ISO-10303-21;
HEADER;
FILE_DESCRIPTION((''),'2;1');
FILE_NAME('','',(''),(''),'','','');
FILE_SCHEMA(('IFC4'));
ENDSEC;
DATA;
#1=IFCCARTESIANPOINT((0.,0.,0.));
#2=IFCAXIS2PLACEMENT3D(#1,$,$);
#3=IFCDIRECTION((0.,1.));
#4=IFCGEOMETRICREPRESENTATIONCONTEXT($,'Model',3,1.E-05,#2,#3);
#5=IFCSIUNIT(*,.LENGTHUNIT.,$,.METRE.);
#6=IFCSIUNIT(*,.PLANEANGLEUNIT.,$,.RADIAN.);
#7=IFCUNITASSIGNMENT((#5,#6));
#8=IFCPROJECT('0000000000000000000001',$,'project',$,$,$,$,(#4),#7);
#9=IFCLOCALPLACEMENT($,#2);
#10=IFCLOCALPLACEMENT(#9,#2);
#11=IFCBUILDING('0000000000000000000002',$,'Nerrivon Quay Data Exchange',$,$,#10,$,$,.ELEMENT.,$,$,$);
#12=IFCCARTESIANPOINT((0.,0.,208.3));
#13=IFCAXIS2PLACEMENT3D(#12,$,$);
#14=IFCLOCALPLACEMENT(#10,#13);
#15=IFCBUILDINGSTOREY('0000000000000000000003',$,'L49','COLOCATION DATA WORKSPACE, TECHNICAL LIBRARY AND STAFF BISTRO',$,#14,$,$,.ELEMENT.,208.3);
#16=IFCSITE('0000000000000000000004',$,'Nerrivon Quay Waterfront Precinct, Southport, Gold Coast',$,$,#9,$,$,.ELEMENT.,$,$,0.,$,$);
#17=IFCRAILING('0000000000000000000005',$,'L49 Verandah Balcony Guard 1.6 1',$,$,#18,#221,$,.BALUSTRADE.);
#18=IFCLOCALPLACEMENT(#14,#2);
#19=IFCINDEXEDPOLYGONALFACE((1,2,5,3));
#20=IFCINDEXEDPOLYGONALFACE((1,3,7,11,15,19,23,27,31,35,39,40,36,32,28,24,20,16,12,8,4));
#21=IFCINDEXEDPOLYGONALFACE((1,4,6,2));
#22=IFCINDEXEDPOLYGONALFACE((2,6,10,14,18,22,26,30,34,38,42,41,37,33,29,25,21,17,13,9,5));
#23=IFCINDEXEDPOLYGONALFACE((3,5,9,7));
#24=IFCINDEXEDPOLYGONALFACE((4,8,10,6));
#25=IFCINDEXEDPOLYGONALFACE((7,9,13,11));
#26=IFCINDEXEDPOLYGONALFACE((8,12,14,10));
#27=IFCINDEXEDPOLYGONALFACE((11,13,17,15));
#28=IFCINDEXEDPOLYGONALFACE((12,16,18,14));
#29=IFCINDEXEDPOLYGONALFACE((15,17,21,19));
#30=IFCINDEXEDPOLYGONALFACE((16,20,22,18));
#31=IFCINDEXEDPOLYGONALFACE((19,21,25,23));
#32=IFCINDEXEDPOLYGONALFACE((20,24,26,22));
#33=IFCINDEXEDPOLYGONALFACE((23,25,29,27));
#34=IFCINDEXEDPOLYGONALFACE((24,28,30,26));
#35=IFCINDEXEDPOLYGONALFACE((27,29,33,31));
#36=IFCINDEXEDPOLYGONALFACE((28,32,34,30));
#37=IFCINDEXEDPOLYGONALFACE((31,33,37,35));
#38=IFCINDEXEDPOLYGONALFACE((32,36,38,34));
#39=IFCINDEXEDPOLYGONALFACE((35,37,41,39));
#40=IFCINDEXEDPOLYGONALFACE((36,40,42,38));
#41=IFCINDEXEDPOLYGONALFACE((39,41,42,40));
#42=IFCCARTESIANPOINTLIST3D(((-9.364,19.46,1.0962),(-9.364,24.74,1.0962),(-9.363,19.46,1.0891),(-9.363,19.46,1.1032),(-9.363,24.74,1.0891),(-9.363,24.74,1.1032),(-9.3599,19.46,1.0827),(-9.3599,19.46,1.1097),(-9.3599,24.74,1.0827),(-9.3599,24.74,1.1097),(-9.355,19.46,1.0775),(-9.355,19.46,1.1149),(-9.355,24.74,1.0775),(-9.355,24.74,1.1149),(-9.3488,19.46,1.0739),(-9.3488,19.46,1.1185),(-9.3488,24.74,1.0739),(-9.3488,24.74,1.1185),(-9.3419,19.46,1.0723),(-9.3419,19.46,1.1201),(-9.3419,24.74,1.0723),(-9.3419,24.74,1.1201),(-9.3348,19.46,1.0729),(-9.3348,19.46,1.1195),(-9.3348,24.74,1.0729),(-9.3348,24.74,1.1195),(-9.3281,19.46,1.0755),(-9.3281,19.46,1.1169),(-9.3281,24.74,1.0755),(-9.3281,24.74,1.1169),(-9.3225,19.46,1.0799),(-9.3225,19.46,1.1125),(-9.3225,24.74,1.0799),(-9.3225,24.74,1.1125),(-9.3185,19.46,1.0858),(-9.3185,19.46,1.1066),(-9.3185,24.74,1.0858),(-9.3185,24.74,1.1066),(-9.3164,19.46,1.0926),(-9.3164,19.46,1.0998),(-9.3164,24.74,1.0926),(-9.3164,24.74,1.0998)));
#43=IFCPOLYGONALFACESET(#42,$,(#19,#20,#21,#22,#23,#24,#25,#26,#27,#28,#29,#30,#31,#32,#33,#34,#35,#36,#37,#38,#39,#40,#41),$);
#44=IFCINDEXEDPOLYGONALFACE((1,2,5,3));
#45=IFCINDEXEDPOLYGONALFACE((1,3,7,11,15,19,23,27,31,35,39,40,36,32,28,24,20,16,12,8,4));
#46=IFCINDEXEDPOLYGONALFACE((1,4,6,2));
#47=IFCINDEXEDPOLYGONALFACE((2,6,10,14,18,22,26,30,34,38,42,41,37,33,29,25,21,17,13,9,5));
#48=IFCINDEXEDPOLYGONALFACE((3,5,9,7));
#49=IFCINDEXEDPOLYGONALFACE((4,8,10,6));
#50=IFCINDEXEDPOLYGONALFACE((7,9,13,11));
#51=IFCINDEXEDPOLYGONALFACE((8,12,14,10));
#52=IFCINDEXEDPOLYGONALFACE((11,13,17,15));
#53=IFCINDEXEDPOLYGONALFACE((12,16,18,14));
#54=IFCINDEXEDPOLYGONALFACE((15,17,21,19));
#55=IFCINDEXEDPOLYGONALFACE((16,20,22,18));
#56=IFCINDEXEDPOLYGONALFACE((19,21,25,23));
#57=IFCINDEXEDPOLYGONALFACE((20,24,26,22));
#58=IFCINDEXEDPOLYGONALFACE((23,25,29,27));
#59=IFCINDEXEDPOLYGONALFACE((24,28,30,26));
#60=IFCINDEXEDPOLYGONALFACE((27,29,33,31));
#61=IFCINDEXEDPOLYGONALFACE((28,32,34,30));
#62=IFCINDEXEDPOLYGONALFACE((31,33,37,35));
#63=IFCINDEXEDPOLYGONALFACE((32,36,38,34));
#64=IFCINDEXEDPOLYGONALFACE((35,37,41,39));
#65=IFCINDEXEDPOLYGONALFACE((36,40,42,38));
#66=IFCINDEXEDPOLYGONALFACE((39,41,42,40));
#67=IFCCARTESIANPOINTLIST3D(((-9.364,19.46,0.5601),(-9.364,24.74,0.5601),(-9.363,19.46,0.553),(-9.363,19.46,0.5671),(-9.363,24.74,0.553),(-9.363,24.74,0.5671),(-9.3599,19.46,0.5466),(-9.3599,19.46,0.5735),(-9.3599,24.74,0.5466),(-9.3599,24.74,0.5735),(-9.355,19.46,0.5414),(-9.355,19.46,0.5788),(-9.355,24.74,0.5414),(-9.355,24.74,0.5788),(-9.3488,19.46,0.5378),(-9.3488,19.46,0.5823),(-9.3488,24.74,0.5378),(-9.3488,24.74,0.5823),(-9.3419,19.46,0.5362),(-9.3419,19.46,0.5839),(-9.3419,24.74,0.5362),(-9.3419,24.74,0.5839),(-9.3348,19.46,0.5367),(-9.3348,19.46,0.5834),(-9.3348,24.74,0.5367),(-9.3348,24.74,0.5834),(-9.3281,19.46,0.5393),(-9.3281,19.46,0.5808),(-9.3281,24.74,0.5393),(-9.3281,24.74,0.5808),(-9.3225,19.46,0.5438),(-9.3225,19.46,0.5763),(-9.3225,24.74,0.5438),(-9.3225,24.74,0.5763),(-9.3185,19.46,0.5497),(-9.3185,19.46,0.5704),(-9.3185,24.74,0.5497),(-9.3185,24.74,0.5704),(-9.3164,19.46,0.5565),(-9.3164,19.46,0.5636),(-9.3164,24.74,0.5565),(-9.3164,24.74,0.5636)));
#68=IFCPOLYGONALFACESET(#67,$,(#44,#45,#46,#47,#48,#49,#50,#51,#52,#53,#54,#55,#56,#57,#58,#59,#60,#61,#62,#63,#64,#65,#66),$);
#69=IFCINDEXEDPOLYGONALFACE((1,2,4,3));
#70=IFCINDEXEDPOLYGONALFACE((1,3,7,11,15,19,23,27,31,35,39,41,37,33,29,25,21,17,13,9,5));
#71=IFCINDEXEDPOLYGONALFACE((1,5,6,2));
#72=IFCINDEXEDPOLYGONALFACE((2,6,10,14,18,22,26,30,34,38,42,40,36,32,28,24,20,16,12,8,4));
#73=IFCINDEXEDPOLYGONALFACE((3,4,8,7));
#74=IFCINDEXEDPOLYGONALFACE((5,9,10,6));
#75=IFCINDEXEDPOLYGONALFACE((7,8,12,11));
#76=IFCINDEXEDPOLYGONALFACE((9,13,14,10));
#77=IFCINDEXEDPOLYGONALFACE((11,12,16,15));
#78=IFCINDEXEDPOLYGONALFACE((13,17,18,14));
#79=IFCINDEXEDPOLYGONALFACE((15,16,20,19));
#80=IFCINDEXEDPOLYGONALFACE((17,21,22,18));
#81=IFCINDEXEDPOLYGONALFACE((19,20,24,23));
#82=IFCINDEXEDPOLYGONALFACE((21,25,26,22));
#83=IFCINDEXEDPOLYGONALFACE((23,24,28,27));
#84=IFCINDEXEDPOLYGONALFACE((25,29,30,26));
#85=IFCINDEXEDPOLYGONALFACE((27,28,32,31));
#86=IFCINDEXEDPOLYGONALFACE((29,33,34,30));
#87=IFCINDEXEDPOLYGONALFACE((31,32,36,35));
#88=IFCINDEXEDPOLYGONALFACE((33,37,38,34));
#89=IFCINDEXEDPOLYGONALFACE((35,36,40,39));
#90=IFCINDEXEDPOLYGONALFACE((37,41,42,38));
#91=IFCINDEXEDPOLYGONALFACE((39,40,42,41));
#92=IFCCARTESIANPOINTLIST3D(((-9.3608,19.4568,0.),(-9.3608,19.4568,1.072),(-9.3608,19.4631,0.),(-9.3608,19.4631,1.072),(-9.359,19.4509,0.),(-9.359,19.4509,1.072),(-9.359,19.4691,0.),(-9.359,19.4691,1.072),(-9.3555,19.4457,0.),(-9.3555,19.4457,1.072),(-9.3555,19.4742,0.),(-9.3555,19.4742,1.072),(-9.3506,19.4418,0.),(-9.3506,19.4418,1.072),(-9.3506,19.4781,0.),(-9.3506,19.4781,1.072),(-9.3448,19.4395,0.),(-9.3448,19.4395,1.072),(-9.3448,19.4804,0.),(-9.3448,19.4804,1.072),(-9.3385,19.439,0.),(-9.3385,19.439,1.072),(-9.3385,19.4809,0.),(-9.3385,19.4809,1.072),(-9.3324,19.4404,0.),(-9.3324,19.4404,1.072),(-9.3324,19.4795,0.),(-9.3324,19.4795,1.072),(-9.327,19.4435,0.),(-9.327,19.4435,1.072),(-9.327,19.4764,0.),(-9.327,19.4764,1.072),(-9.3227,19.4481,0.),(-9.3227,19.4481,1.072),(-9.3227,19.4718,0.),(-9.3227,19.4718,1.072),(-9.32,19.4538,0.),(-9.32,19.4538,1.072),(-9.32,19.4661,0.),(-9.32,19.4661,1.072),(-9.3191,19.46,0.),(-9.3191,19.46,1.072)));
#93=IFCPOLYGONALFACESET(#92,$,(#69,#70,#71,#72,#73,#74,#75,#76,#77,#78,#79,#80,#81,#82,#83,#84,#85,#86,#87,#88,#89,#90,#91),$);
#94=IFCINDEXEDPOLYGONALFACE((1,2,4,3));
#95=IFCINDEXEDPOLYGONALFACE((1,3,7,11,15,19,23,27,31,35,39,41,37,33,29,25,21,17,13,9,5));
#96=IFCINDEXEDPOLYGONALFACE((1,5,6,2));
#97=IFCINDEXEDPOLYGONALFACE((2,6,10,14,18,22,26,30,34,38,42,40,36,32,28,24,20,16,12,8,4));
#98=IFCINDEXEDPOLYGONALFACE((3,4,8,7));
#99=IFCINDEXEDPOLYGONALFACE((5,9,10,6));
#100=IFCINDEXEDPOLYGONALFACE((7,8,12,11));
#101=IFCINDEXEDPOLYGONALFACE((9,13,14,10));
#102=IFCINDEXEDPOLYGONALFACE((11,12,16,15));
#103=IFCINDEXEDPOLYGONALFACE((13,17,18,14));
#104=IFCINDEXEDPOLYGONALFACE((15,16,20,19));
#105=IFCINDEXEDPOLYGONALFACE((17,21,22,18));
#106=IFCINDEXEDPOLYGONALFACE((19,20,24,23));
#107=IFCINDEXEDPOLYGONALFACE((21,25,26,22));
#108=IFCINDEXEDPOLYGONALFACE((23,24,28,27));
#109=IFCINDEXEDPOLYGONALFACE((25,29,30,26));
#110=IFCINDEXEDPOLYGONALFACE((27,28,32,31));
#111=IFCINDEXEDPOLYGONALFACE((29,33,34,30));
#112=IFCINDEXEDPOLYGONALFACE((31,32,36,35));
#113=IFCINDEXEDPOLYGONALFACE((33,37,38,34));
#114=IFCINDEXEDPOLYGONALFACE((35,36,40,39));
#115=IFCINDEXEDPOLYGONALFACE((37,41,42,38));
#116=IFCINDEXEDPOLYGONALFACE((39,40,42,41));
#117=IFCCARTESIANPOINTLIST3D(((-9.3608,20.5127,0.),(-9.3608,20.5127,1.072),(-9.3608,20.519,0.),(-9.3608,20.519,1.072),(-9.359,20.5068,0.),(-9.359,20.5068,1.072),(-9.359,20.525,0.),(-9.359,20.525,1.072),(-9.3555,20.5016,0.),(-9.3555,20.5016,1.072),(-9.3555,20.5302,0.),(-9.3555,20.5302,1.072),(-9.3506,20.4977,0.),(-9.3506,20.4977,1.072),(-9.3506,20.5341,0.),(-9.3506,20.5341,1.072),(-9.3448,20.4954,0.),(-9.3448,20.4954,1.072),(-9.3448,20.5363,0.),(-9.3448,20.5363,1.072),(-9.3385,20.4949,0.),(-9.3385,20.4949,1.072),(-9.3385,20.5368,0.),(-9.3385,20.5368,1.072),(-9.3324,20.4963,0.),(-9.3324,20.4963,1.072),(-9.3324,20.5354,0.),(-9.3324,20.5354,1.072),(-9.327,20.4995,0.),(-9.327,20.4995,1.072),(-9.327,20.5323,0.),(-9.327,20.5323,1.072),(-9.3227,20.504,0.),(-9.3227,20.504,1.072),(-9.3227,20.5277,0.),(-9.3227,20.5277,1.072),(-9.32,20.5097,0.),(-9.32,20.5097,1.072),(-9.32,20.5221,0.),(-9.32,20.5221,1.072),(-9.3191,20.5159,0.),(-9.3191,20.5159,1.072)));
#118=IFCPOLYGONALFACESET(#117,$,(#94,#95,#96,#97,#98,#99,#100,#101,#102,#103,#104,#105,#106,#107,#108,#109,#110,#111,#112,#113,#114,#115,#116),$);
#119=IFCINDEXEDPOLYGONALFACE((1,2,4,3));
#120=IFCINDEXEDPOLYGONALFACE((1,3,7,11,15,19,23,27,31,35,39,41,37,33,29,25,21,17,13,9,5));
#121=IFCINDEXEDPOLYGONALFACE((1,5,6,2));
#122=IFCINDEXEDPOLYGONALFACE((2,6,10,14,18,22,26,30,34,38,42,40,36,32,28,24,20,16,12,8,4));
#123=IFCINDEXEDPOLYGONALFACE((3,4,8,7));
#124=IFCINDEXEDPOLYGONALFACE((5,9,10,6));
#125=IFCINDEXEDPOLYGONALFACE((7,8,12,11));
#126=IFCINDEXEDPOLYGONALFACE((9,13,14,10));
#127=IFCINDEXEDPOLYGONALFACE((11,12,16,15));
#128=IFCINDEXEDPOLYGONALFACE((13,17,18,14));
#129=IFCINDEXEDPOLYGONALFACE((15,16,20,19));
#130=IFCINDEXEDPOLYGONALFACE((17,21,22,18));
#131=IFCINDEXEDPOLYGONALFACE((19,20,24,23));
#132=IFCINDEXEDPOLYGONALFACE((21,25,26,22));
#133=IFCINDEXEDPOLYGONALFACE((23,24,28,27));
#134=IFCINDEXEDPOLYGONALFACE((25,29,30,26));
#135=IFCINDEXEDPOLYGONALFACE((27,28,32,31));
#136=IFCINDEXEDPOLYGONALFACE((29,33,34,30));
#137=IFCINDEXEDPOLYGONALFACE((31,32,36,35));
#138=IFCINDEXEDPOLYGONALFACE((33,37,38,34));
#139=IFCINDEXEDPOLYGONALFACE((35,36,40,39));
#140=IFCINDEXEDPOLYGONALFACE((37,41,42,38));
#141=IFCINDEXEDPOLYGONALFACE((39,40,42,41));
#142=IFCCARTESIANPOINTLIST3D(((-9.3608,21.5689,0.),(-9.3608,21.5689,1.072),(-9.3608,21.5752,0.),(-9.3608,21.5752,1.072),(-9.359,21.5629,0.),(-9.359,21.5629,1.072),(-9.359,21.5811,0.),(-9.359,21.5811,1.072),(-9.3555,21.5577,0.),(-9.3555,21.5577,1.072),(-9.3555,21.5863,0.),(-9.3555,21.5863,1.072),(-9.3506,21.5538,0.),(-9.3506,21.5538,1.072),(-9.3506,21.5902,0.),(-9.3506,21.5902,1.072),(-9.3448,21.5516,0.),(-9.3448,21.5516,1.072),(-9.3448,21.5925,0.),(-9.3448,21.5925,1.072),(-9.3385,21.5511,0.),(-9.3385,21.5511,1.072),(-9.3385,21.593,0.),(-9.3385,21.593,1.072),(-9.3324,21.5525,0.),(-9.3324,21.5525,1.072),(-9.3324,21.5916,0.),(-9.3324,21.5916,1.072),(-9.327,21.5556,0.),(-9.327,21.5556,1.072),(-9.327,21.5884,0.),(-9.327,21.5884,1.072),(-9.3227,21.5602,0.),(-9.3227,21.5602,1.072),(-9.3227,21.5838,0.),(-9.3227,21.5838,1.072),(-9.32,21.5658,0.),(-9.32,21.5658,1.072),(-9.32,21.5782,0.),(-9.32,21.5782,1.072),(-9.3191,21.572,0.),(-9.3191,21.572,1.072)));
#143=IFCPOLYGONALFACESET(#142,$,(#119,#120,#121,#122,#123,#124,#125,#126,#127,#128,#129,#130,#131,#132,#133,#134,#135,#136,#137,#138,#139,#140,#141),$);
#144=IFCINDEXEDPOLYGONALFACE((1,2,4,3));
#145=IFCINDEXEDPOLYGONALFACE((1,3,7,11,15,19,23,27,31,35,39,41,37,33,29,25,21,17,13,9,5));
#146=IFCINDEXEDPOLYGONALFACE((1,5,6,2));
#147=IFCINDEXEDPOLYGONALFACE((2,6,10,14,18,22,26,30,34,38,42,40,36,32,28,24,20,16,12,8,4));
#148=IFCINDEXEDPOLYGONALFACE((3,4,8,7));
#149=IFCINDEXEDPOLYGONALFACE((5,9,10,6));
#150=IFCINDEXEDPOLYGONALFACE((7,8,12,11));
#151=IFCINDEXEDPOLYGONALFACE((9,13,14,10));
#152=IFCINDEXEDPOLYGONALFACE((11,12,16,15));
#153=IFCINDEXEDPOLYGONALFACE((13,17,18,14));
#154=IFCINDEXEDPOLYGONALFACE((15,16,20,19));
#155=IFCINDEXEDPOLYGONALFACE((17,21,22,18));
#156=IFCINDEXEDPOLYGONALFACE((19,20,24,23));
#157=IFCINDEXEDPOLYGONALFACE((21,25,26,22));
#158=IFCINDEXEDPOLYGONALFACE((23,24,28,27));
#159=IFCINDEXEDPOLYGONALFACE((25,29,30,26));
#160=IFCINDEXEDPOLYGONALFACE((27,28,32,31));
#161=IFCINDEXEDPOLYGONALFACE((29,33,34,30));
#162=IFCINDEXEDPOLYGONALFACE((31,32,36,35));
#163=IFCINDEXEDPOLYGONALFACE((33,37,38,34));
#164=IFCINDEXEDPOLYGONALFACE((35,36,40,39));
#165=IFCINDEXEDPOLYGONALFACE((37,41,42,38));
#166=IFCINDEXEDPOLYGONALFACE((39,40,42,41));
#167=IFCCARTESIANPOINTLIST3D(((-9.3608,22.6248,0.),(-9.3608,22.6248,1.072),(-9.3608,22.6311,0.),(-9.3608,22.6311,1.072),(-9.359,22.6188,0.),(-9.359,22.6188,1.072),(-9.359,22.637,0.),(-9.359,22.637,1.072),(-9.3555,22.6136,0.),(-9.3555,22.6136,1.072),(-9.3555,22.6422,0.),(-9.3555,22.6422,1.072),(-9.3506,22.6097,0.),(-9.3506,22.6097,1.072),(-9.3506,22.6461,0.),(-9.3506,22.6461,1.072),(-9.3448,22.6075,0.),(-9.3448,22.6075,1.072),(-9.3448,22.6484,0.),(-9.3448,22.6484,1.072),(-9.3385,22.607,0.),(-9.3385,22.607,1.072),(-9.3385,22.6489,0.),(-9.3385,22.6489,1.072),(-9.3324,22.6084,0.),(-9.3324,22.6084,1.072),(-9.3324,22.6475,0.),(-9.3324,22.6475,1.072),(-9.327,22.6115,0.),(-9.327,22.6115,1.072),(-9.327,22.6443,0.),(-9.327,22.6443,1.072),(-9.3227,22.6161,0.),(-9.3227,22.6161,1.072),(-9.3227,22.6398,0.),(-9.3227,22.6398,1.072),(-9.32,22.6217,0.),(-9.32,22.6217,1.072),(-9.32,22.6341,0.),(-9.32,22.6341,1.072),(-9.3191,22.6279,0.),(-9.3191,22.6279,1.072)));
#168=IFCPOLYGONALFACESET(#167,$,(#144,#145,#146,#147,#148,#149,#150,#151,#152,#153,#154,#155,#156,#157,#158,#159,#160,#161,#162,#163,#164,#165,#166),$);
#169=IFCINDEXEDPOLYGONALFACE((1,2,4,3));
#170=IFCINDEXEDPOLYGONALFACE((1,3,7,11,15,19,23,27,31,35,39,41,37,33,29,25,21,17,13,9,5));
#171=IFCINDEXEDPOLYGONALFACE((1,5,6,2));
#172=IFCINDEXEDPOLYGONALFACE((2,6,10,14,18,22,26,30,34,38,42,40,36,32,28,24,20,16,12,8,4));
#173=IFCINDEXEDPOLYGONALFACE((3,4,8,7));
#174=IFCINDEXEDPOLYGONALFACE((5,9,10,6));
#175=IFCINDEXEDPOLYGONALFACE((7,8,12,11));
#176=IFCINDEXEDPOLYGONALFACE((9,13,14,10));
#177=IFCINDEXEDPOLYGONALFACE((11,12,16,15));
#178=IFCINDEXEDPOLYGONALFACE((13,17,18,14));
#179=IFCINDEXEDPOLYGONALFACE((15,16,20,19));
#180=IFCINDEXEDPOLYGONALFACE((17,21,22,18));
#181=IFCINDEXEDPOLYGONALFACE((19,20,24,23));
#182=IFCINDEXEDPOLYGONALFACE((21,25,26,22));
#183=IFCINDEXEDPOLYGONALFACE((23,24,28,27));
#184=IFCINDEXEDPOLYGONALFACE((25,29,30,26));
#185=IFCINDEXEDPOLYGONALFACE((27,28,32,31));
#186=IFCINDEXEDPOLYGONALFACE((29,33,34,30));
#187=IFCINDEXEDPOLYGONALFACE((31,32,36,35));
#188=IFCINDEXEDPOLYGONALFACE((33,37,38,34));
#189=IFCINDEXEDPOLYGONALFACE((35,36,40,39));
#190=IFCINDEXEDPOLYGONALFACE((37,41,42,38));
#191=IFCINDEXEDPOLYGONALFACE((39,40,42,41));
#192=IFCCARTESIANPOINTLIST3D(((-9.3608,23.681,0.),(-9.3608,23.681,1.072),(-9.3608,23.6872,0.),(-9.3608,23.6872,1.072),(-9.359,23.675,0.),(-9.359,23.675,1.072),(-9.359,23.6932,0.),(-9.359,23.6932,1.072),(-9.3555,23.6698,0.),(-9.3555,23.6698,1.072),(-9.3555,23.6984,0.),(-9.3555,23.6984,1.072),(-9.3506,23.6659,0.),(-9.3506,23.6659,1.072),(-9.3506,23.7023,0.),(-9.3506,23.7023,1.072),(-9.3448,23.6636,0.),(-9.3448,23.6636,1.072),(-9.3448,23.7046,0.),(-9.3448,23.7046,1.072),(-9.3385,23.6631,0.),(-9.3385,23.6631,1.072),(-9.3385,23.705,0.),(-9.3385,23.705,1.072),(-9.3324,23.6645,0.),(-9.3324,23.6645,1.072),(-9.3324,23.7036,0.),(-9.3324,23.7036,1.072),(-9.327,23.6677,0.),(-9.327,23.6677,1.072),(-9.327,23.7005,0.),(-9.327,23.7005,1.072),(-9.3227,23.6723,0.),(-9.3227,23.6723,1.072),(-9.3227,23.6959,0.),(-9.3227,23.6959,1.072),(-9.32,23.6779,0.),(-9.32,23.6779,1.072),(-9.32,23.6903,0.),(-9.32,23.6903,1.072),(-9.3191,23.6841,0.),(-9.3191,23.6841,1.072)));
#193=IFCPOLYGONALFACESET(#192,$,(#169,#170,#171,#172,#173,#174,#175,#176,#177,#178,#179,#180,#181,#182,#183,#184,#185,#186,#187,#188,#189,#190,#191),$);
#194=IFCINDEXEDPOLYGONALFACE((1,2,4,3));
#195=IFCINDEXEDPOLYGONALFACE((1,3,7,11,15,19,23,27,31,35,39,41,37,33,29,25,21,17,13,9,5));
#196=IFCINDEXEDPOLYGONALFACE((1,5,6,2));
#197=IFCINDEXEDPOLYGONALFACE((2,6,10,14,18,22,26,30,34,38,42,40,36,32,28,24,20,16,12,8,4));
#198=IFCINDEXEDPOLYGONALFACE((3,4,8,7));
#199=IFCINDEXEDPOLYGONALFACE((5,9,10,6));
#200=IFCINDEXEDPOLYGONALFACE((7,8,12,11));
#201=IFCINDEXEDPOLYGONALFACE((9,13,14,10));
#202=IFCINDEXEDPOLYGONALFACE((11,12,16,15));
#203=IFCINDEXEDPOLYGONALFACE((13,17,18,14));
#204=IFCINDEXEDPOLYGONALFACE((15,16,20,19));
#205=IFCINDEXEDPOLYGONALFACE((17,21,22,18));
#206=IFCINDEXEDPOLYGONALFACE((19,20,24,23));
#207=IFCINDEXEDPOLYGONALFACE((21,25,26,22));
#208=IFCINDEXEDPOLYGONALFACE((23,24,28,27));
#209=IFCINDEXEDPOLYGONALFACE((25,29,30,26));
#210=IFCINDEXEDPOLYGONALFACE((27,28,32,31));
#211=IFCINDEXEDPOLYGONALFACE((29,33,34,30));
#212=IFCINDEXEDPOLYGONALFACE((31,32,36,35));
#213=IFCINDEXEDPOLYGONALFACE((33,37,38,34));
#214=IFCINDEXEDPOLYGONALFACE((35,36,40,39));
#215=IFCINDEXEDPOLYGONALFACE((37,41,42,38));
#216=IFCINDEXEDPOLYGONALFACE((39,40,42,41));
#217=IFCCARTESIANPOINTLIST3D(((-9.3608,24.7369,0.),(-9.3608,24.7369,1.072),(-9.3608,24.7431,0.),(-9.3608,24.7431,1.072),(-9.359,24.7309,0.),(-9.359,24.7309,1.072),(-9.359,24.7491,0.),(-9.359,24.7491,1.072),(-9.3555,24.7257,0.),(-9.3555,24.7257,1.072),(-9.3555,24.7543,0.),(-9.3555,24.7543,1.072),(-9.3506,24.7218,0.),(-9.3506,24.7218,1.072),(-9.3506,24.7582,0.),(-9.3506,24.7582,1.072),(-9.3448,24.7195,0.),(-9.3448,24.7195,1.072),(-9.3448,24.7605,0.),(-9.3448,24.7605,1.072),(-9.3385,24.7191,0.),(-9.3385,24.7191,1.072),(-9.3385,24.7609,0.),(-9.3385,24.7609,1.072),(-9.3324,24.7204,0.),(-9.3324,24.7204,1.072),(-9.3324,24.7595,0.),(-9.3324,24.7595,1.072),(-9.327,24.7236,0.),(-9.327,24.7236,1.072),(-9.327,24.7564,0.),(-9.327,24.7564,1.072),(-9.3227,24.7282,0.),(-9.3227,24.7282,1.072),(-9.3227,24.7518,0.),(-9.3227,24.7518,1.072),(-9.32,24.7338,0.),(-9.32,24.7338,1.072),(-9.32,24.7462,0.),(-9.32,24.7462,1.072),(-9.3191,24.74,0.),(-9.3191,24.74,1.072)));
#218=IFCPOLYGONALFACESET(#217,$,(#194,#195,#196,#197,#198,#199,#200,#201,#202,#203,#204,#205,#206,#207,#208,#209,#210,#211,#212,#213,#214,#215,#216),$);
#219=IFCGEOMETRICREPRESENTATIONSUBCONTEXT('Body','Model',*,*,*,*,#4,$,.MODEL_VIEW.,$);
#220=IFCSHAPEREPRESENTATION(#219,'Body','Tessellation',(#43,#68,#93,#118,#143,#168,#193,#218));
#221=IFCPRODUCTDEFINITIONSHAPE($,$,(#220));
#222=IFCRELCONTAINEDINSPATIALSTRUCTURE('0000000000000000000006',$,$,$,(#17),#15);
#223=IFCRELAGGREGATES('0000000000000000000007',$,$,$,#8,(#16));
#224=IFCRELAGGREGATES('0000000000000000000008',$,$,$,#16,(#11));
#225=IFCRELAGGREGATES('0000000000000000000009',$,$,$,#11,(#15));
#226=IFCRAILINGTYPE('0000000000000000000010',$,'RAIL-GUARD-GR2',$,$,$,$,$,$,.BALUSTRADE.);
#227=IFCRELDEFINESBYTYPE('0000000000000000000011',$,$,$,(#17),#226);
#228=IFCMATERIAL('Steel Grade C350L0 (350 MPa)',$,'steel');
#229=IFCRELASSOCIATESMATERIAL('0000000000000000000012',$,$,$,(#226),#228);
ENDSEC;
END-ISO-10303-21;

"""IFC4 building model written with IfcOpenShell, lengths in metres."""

from ifc_helpers import new_model, si_unit, direction, frame, origin, origin_2d, place, context, subcontext, project, spatial, circle, extrude, material, type_object, element, save


model = new_model("IFC4")

# Units and contexts
model_context = context("Model", 3, precision=1e-05, world=origin(), true_north=direction((0.0, 1.0)))
body_context = subcontext(model_context, "Body", "Model", "MODEL_VIEW")
ifc_project = project(units=[si_unit("LENGTHUNIT", "METRE"), si_unit("PLANEANGLEUNIT", "RADIAN")], contexts=[model_context])

# Site, building, storey
site_placement = place(None, origin())
site = spatial("IfcSite", under=ifc_project, at=site_placement, Name="Nerrivon Quay Waterfront Precinct, Southport, Gold Coast", CompositionType="ELEMENT", RefElevation=0.0)
building_placement = place(site_placement, origin())
building = spatial("IfcBuilding", under=site, at=building_placement, Name="Nerrivon Quay Data Exchange", CompositionType="ELEMENT")
storey_placement = place(building_placement, frame((0.0, 0.0, 208.3)))
storey = spatial("IfcBuildingStorey", under=building, at=storey_placement, Name="L49", Description="COLOCATION DATA WORKSPACE, TECHNICAL LIBRARY AND STAFF BISTRO", CompositionType="ELEMENT", Elevation=208.3)

# Railing
ifc_material_1 = material(Name="Steel Grade C350L0 (350 MPa)", Category="steel")
railing_type = type_object("IfcRailingType", Name="RAIL-GUARD-GR2", PredefinedType="BALUSTRADE", material=ifc_material_1)
railing_1_placement = place(storey_placement, frame((-9.3401, 19.46, 0.0)))
element("IfcRailing", 1, at=railing_1_placement, inside=storey, type_object=railing_type, Name="L49 Verandah Balcony Guard 1.6 1", PredefinedType="BALUSTRADE", context=body_context, shape_type="SweptSolid", body=[
    extrude(circle(Radius=0.0239, at=origin_2d()), frame((0.0, 0.0, 1.0962), z_axis=(0.0, 1.0, 0.0), x_axis=(-1.0, 0.0, 0.0)), (0.0, 0.0, 1.0), 5.28),
    extrude(circle(Radius=0.0239, at=origin_2d()), frame((0.0, 0.0, 0.5601), z_axis=(0.0, 1.0, 0.0), x_axis=(-1.0, 0.0, 0.0)), (0.0, 0.0, 1.0), 5.28),
    extrude(circle(Radius=0.021, at=origin_2d()), origin(), (0.0, 0.0, 1.0), 1.072),
    extrude(circle(Radius=0.021, at=origin_2d()), frame((0.0, 1.0559, 0.0)), (0.0, 0.0, 1.0), 1.072),
    extrude(circle(Radius=0.021, at=origin_2d()), frame((0.0, 2.1121, 0.0)), (0.0, 0.0, 1.0), 1.072),
    extrude(circle(Radius=0.021, at=origin_2d()), frame((0.0, 3.168, 0.0)), (0.0, 0.0, 1.0), 1.072),
    extrude(circle(Radius=0.021, at=origin_2d()), frame((0.0, 4.2241, 0.0)), (0.0, 0.0, 1.0), 1.072),
    extrude(circle(Radius=0.021, at=origin_2d()), frame((0.0, 5.28, 0.0)), (0.0, 0.0, 1.0), 1.072),
])

save(model, "model.ifc")
